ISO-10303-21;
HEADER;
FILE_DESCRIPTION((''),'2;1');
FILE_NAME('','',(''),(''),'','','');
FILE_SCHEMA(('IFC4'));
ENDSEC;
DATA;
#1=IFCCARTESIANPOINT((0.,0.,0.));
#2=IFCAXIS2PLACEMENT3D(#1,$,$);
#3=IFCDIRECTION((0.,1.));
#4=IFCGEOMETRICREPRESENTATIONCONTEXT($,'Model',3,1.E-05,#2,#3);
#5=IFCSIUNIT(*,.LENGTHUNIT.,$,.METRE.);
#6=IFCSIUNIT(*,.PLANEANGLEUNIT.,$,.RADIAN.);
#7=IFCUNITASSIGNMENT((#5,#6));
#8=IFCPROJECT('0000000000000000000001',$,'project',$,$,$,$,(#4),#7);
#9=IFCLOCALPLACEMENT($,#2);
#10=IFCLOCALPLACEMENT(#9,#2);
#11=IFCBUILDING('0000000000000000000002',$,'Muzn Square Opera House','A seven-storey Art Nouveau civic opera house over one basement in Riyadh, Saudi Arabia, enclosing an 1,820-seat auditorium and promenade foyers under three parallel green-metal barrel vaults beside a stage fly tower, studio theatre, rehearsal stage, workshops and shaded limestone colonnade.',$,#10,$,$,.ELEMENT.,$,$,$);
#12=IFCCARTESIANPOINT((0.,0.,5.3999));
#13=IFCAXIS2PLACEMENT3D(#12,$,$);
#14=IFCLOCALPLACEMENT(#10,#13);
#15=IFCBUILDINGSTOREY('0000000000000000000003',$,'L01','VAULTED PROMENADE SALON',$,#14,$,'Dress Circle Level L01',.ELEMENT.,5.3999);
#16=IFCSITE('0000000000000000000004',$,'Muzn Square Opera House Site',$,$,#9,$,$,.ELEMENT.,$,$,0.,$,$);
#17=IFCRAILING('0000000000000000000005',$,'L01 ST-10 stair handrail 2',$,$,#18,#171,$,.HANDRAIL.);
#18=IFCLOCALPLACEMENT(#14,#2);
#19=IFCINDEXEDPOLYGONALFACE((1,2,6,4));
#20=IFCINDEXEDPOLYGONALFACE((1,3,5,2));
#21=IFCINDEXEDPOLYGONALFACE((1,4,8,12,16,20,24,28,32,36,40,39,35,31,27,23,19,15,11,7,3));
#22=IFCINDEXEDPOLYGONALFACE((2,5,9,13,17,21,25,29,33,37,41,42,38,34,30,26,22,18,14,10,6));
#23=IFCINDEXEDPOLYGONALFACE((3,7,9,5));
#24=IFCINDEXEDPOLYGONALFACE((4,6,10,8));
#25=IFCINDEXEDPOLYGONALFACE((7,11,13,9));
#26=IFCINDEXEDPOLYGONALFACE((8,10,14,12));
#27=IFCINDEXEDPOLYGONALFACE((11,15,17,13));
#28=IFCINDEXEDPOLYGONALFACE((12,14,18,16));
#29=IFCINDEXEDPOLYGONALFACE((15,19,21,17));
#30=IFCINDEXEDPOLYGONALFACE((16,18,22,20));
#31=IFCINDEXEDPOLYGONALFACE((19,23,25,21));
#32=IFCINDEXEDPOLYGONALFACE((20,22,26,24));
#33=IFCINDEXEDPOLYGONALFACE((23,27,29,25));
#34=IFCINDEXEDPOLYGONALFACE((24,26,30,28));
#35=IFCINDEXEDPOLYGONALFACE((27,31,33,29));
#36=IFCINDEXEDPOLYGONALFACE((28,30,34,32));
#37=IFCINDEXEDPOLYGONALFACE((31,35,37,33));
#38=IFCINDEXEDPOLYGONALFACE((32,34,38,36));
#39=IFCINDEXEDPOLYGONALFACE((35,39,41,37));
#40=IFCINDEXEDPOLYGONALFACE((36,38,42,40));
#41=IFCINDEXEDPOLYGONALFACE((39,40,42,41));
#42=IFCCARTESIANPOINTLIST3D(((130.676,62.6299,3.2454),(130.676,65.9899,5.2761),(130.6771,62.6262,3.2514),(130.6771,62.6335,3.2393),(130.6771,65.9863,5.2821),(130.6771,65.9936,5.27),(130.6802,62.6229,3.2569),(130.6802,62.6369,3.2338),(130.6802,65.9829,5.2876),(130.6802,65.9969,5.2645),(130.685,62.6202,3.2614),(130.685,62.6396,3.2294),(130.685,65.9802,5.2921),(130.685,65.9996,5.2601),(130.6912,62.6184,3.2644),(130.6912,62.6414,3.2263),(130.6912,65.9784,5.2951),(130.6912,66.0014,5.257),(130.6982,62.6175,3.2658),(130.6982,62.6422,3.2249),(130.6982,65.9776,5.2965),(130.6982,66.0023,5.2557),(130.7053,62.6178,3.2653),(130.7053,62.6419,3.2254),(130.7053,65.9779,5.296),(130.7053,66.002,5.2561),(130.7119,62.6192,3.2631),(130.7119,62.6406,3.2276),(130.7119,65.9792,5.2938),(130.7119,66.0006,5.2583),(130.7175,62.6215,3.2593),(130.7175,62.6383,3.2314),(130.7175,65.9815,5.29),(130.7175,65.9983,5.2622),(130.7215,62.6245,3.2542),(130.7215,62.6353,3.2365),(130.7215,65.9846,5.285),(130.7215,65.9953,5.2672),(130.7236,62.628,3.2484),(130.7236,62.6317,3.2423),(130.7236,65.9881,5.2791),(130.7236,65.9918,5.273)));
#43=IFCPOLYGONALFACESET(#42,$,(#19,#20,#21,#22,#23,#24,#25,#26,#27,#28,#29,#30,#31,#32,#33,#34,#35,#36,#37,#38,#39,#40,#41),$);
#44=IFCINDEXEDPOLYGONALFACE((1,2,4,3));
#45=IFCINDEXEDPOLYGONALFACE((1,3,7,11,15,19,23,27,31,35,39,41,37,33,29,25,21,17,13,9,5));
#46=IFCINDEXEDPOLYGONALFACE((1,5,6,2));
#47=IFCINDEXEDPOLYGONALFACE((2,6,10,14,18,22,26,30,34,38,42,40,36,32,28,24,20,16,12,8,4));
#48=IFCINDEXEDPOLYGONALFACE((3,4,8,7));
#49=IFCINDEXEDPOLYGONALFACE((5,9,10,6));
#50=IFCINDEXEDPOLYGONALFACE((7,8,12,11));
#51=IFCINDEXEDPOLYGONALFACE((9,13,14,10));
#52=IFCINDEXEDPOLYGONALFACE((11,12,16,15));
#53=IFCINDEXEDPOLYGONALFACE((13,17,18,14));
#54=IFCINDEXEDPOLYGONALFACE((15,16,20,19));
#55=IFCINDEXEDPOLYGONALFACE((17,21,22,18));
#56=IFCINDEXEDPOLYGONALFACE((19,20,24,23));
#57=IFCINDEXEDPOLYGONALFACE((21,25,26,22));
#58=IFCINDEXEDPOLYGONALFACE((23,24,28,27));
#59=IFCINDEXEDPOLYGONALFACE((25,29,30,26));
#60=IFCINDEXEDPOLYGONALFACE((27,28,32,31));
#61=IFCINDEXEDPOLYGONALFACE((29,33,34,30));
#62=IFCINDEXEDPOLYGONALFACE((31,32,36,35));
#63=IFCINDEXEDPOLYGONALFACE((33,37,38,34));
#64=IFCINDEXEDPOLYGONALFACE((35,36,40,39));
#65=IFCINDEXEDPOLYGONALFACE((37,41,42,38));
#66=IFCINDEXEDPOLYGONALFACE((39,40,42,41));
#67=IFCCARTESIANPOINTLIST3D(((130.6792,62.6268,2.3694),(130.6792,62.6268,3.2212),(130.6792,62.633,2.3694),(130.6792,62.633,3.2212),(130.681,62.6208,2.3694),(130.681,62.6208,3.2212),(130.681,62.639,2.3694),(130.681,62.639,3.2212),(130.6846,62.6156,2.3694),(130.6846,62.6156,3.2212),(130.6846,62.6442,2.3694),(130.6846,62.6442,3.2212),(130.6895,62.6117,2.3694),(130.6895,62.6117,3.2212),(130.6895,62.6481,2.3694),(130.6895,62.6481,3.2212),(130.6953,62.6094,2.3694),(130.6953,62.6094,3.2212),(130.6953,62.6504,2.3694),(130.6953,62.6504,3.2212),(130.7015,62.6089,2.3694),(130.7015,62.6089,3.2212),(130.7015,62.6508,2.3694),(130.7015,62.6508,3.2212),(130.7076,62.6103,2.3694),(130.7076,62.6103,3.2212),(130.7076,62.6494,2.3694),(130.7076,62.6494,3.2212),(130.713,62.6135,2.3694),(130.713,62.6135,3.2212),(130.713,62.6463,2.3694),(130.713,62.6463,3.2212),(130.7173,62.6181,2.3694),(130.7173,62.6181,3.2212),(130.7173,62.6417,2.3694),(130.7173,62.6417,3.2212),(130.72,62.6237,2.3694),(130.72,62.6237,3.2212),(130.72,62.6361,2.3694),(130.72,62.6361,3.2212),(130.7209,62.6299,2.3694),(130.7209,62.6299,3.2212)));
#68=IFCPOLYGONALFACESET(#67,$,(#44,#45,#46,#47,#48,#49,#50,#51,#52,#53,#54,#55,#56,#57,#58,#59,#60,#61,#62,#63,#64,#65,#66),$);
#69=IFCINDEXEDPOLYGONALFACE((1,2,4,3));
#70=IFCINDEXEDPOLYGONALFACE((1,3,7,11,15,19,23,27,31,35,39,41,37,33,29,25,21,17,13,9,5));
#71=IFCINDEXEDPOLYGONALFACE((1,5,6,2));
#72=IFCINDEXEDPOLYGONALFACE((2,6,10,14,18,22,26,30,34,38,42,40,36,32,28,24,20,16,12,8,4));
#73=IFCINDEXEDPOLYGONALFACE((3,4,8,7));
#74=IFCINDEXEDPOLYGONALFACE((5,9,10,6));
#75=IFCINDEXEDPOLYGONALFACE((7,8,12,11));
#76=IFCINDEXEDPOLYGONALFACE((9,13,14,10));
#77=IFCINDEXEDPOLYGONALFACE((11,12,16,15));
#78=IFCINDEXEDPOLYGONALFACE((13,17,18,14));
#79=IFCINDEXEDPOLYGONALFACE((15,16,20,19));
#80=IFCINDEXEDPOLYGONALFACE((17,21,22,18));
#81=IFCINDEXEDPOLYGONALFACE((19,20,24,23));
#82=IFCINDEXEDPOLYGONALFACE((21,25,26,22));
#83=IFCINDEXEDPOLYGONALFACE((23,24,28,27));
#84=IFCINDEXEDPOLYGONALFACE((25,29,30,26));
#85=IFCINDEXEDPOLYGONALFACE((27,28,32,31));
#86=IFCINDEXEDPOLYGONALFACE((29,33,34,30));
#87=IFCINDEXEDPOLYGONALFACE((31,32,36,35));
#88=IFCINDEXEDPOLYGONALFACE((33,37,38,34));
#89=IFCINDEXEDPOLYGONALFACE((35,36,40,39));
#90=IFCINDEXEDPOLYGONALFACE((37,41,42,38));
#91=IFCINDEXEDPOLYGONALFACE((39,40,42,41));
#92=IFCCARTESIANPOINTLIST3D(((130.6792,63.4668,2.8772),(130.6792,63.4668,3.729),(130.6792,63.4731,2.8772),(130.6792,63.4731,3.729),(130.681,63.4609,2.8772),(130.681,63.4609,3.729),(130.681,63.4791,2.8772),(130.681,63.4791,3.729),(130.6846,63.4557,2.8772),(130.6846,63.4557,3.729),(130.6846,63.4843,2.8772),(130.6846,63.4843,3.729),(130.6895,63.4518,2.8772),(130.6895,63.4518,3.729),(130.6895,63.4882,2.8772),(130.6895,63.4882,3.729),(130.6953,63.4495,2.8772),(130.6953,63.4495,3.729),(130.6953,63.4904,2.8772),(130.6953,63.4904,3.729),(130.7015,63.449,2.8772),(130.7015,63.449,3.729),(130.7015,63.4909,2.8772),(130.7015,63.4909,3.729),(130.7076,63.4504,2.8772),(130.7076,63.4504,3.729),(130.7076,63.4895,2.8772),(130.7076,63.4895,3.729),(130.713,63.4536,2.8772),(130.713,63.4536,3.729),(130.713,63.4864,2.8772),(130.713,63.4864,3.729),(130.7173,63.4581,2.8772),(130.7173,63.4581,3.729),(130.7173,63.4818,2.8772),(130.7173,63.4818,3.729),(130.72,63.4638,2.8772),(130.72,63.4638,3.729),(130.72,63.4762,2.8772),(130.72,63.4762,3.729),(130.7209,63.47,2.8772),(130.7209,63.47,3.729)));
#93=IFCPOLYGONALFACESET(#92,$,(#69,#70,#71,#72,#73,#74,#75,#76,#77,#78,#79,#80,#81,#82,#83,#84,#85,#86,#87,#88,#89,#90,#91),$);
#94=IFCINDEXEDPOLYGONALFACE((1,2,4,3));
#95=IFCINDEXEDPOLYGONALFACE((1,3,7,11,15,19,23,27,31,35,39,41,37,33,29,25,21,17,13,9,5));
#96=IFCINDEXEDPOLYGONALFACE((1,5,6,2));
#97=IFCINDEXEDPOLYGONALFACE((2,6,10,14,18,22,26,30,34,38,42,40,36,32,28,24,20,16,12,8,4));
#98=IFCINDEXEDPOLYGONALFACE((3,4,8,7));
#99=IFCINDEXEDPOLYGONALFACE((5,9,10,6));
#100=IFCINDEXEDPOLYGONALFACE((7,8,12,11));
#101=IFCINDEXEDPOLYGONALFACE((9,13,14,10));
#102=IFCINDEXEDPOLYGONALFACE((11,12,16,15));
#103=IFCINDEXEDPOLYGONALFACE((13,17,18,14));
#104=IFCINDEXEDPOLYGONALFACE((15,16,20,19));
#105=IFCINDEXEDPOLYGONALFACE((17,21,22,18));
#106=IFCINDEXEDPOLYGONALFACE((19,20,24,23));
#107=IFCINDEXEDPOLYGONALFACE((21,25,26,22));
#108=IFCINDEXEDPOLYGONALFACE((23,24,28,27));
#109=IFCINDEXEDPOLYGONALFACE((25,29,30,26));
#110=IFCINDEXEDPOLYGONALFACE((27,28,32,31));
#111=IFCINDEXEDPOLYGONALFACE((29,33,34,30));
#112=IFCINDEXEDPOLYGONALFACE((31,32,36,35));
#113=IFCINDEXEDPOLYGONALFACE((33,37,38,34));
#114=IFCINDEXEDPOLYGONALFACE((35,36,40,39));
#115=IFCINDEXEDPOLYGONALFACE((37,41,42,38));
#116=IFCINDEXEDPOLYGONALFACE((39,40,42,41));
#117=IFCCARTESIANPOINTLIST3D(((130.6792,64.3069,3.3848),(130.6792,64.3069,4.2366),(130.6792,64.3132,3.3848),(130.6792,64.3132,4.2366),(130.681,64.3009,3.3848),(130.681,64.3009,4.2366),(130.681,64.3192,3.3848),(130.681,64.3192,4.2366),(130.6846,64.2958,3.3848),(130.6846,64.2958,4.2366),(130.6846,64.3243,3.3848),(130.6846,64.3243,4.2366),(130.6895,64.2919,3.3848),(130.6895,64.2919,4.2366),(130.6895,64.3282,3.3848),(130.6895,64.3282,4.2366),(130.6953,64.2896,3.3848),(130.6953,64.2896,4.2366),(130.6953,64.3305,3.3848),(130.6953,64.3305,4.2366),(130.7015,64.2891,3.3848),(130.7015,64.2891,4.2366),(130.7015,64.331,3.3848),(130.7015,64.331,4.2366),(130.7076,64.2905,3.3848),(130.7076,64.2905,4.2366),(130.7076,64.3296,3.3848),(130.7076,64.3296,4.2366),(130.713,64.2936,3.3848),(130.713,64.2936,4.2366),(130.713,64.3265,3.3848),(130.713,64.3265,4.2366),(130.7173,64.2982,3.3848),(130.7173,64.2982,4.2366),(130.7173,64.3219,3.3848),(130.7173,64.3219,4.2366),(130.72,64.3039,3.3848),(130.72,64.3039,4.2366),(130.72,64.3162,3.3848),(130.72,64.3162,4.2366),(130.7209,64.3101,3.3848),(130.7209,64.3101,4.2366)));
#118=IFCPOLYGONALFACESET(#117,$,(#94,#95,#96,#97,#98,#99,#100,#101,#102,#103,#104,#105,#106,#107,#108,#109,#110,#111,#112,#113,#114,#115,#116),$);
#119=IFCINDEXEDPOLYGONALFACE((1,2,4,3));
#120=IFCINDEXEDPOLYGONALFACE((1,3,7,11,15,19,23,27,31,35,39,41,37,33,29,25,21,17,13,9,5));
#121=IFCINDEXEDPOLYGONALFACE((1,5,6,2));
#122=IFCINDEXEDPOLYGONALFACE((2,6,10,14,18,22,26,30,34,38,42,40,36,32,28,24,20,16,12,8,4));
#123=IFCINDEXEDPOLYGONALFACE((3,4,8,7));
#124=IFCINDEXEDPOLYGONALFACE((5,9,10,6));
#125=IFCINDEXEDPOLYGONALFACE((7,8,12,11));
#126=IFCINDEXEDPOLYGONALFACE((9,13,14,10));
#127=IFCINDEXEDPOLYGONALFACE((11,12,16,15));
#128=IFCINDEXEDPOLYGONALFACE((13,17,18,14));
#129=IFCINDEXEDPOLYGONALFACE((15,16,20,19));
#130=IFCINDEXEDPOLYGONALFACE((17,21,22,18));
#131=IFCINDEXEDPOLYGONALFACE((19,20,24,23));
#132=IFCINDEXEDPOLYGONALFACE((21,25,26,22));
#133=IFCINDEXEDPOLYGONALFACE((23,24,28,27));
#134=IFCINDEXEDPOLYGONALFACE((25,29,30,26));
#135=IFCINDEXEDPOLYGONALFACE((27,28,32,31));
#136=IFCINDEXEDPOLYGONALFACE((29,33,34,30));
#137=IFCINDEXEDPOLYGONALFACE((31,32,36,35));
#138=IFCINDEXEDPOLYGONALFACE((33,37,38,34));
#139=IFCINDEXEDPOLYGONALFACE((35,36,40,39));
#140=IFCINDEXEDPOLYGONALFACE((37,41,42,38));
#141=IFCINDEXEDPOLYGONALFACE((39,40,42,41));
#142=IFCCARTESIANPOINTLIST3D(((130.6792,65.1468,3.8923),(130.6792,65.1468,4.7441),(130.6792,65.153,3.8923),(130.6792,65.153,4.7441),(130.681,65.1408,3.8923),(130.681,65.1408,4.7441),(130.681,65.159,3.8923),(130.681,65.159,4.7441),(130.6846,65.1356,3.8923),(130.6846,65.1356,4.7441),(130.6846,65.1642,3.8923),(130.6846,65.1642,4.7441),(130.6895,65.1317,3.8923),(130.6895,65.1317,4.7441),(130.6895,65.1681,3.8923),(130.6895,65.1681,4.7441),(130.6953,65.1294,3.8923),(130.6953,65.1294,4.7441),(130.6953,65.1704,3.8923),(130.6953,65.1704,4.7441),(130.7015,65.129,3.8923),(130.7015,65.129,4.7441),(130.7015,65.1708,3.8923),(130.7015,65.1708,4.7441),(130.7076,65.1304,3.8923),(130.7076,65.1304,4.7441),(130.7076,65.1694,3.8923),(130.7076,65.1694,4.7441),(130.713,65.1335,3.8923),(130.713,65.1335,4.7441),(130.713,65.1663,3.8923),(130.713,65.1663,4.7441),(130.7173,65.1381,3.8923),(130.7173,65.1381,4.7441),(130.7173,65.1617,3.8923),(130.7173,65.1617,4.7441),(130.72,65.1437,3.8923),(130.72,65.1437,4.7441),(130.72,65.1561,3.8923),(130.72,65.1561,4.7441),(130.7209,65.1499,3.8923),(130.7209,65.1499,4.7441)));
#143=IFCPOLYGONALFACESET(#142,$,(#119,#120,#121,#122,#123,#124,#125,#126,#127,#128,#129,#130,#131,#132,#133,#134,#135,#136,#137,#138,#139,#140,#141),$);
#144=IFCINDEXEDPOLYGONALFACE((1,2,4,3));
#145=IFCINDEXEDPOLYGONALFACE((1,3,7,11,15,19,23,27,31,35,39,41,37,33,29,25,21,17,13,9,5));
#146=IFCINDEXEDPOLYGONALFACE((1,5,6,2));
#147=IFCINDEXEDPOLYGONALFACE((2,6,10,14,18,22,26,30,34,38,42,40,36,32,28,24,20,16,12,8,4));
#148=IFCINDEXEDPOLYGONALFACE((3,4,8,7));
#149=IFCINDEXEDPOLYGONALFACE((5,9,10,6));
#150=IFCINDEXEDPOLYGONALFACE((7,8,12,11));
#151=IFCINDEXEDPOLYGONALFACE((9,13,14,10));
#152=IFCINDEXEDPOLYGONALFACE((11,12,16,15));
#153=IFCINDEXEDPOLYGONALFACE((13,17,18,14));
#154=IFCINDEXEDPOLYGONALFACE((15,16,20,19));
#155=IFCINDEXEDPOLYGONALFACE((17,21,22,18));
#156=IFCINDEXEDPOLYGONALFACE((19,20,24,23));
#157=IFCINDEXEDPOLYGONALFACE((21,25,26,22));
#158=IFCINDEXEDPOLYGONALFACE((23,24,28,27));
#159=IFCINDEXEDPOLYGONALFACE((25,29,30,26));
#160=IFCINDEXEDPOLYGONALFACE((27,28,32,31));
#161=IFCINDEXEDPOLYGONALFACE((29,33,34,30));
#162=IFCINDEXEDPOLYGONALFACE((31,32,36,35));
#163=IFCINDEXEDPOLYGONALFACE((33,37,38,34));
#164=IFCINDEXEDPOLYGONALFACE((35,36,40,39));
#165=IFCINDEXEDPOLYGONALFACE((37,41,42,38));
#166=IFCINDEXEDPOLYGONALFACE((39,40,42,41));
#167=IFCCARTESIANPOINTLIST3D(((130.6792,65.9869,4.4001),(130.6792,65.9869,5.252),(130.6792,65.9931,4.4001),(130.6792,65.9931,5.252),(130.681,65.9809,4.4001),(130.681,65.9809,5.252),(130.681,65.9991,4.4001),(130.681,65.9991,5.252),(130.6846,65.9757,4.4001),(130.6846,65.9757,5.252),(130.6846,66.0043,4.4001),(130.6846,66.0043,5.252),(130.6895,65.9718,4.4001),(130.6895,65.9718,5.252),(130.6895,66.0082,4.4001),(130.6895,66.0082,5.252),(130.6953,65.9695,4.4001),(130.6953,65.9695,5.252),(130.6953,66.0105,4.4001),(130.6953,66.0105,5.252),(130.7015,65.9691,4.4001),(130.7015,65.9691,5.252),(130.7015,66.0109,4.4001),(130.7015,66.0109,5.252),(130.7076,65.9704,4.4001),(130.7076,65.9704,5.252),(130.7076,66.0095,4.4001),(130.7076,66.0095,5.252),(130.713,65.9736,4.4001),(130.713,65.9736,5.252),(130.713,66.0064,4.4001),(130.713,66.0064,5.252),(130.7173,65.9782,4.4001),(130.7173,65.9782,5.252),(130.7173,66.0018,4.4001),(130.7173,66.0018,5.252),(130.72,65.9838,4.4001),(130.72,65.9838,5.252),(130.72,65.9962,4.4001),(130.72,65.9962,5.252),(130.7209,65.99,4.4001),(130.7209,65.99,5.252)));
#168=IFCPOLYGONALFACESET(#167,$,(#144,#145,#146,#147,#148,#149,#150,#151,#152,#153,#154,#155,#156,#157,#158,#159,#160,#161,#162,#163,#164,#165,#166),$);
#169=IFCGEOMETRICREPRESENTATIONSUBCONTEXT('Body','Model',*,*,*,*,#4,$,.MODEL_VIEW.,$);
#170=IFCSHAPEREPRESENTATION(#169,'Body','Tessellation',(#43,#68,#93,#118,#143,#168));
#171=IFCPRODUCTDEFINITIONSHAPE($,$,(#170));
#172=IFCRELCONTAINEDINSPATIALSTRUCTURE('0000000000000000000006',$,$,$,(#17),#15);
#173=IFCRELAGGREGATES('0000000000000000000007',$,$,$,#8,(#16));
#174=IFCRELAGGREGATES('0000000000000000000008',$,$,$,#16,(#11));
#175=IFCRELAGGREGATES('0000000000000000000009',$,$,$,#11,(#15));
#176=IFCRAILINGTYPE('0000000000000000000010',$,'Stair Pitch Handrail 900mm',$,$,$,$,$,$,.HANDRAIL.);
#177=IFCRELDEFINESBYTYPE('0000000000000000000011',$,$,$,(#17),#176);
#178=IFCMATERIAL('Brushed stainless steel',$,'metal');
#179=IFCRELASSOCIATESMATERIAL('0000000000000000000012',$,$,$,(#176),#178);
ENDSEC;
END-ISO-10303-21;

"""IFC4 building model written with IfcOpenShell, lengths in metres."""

from ifc_helpers import new_model, si_unit, direction, frame, origin, origin_2d, place, context, subcontext, project, spatial, circle, extrude, material, type_object, element, save


model = new_model("IFC4")

# Units and contexts
model_context = context("Model", 3, precision=1e-05, world=origin(), true_north=direction((0.0, 1.0)))
body_context = subcontext(model_context, "Body", "Model", "MODEL_VIEW")
ifc_project = project(units=[si_unit("LENGTHUNIT", "METRE"), si_unit("PLANEANGLEUNIT", "RADIAN")], contexts=[model_context])

# Site, building, storey
site_placement = place(None, origin())
site = spatial("IfcSite", under=ifc_project, at=site_placement, Name="Muzn Square Opera House Site", CompositionType="ELEMENT", RefElevation=0.0)
building_placement = place(site_placement, origin())
building = spatial("IfcBuilding", under=site, at=building_placement, Name="Muzn Square Opera House", Description="A seven-storey Art Nouveau civic opera house over one basement in Riyadh, Saudi Arabia, enclosing an 1,820-seat auditorium and promenade foyers under three parallel green-metal barrel vaults beside a stage fly tower, studio theatre, rehearsal stage, workshops and shaded limestone colonnade.", CompositionType="ELEMENT")
storey_placement = place(building_placement, frame((0.0, 0.0, 5.3999)))
storey = spatial("IfcBuildingStorey", under=building, at=storey_placement, Name="L01", Description="VAULTED PROMENADE SALON", LongName="Dress Circle Level L01", CompositionType="ELEMENT", Elevation=5.3999)

# Railing
ifc_material_1 = material(Name="Brushed stainless steel", Category="metal")
railing_type_1 = type_object("IfcRailingType", Name="Stair Pitch Handrail 900mm", PredefinedType="HANDRAIL", material=ifc_material_1)
railing_1_placement = place(storey_placement, frame((130.7, 62.6299, 2.3694)))
element("IfcRailing", 1, at=railing_1_placement, inside=storey, type_object=railing_type_1, Name="L01 ST-10 stair handrail 2", PredefinedType="HANDRAIL", context=body_context, shape_type="SweptSolid", body=[
    extrude(circle(Radius=0.0239, at=origin_2d()), frame((0.0, 0.0, 0.876), z_axis=(0.0, 0.855837, 0.517246), x_axis=(-1.0, 0.0, 0.0)), (0.0, 0.0, 1.0), 3.926),
    extrude(circle(Radius=0.021, at=origin_2d()), origin(), (0.0, 0.0, 1.0), 0.8518),
    extrude(circle(Radius=0.021, at=origin_2d()), frame((0.0, 0.8401, 0.5078)), (0.0, 0.0, 1.0), 0.8518),
    extrude(circle(Radius=0.021, at=origin_2d()), frame((0.0, 1.6802, 1.0154)), (0.0, 0.0, 1.0), 0.8518),
    extrude(circle(Radius=0.021, at=origin_2d()), frame((0.0, 2.52, 1.5229)), (0.0, 0.0, 1.0), 0.8518),
    extrude(circle(Radius=0.021, at=origin_2d()), frame((0.0, 3.3601, 2.0308)), (0.0, 0.0, 1.0), 0.8518),
])

save(model, "model.ifc")
